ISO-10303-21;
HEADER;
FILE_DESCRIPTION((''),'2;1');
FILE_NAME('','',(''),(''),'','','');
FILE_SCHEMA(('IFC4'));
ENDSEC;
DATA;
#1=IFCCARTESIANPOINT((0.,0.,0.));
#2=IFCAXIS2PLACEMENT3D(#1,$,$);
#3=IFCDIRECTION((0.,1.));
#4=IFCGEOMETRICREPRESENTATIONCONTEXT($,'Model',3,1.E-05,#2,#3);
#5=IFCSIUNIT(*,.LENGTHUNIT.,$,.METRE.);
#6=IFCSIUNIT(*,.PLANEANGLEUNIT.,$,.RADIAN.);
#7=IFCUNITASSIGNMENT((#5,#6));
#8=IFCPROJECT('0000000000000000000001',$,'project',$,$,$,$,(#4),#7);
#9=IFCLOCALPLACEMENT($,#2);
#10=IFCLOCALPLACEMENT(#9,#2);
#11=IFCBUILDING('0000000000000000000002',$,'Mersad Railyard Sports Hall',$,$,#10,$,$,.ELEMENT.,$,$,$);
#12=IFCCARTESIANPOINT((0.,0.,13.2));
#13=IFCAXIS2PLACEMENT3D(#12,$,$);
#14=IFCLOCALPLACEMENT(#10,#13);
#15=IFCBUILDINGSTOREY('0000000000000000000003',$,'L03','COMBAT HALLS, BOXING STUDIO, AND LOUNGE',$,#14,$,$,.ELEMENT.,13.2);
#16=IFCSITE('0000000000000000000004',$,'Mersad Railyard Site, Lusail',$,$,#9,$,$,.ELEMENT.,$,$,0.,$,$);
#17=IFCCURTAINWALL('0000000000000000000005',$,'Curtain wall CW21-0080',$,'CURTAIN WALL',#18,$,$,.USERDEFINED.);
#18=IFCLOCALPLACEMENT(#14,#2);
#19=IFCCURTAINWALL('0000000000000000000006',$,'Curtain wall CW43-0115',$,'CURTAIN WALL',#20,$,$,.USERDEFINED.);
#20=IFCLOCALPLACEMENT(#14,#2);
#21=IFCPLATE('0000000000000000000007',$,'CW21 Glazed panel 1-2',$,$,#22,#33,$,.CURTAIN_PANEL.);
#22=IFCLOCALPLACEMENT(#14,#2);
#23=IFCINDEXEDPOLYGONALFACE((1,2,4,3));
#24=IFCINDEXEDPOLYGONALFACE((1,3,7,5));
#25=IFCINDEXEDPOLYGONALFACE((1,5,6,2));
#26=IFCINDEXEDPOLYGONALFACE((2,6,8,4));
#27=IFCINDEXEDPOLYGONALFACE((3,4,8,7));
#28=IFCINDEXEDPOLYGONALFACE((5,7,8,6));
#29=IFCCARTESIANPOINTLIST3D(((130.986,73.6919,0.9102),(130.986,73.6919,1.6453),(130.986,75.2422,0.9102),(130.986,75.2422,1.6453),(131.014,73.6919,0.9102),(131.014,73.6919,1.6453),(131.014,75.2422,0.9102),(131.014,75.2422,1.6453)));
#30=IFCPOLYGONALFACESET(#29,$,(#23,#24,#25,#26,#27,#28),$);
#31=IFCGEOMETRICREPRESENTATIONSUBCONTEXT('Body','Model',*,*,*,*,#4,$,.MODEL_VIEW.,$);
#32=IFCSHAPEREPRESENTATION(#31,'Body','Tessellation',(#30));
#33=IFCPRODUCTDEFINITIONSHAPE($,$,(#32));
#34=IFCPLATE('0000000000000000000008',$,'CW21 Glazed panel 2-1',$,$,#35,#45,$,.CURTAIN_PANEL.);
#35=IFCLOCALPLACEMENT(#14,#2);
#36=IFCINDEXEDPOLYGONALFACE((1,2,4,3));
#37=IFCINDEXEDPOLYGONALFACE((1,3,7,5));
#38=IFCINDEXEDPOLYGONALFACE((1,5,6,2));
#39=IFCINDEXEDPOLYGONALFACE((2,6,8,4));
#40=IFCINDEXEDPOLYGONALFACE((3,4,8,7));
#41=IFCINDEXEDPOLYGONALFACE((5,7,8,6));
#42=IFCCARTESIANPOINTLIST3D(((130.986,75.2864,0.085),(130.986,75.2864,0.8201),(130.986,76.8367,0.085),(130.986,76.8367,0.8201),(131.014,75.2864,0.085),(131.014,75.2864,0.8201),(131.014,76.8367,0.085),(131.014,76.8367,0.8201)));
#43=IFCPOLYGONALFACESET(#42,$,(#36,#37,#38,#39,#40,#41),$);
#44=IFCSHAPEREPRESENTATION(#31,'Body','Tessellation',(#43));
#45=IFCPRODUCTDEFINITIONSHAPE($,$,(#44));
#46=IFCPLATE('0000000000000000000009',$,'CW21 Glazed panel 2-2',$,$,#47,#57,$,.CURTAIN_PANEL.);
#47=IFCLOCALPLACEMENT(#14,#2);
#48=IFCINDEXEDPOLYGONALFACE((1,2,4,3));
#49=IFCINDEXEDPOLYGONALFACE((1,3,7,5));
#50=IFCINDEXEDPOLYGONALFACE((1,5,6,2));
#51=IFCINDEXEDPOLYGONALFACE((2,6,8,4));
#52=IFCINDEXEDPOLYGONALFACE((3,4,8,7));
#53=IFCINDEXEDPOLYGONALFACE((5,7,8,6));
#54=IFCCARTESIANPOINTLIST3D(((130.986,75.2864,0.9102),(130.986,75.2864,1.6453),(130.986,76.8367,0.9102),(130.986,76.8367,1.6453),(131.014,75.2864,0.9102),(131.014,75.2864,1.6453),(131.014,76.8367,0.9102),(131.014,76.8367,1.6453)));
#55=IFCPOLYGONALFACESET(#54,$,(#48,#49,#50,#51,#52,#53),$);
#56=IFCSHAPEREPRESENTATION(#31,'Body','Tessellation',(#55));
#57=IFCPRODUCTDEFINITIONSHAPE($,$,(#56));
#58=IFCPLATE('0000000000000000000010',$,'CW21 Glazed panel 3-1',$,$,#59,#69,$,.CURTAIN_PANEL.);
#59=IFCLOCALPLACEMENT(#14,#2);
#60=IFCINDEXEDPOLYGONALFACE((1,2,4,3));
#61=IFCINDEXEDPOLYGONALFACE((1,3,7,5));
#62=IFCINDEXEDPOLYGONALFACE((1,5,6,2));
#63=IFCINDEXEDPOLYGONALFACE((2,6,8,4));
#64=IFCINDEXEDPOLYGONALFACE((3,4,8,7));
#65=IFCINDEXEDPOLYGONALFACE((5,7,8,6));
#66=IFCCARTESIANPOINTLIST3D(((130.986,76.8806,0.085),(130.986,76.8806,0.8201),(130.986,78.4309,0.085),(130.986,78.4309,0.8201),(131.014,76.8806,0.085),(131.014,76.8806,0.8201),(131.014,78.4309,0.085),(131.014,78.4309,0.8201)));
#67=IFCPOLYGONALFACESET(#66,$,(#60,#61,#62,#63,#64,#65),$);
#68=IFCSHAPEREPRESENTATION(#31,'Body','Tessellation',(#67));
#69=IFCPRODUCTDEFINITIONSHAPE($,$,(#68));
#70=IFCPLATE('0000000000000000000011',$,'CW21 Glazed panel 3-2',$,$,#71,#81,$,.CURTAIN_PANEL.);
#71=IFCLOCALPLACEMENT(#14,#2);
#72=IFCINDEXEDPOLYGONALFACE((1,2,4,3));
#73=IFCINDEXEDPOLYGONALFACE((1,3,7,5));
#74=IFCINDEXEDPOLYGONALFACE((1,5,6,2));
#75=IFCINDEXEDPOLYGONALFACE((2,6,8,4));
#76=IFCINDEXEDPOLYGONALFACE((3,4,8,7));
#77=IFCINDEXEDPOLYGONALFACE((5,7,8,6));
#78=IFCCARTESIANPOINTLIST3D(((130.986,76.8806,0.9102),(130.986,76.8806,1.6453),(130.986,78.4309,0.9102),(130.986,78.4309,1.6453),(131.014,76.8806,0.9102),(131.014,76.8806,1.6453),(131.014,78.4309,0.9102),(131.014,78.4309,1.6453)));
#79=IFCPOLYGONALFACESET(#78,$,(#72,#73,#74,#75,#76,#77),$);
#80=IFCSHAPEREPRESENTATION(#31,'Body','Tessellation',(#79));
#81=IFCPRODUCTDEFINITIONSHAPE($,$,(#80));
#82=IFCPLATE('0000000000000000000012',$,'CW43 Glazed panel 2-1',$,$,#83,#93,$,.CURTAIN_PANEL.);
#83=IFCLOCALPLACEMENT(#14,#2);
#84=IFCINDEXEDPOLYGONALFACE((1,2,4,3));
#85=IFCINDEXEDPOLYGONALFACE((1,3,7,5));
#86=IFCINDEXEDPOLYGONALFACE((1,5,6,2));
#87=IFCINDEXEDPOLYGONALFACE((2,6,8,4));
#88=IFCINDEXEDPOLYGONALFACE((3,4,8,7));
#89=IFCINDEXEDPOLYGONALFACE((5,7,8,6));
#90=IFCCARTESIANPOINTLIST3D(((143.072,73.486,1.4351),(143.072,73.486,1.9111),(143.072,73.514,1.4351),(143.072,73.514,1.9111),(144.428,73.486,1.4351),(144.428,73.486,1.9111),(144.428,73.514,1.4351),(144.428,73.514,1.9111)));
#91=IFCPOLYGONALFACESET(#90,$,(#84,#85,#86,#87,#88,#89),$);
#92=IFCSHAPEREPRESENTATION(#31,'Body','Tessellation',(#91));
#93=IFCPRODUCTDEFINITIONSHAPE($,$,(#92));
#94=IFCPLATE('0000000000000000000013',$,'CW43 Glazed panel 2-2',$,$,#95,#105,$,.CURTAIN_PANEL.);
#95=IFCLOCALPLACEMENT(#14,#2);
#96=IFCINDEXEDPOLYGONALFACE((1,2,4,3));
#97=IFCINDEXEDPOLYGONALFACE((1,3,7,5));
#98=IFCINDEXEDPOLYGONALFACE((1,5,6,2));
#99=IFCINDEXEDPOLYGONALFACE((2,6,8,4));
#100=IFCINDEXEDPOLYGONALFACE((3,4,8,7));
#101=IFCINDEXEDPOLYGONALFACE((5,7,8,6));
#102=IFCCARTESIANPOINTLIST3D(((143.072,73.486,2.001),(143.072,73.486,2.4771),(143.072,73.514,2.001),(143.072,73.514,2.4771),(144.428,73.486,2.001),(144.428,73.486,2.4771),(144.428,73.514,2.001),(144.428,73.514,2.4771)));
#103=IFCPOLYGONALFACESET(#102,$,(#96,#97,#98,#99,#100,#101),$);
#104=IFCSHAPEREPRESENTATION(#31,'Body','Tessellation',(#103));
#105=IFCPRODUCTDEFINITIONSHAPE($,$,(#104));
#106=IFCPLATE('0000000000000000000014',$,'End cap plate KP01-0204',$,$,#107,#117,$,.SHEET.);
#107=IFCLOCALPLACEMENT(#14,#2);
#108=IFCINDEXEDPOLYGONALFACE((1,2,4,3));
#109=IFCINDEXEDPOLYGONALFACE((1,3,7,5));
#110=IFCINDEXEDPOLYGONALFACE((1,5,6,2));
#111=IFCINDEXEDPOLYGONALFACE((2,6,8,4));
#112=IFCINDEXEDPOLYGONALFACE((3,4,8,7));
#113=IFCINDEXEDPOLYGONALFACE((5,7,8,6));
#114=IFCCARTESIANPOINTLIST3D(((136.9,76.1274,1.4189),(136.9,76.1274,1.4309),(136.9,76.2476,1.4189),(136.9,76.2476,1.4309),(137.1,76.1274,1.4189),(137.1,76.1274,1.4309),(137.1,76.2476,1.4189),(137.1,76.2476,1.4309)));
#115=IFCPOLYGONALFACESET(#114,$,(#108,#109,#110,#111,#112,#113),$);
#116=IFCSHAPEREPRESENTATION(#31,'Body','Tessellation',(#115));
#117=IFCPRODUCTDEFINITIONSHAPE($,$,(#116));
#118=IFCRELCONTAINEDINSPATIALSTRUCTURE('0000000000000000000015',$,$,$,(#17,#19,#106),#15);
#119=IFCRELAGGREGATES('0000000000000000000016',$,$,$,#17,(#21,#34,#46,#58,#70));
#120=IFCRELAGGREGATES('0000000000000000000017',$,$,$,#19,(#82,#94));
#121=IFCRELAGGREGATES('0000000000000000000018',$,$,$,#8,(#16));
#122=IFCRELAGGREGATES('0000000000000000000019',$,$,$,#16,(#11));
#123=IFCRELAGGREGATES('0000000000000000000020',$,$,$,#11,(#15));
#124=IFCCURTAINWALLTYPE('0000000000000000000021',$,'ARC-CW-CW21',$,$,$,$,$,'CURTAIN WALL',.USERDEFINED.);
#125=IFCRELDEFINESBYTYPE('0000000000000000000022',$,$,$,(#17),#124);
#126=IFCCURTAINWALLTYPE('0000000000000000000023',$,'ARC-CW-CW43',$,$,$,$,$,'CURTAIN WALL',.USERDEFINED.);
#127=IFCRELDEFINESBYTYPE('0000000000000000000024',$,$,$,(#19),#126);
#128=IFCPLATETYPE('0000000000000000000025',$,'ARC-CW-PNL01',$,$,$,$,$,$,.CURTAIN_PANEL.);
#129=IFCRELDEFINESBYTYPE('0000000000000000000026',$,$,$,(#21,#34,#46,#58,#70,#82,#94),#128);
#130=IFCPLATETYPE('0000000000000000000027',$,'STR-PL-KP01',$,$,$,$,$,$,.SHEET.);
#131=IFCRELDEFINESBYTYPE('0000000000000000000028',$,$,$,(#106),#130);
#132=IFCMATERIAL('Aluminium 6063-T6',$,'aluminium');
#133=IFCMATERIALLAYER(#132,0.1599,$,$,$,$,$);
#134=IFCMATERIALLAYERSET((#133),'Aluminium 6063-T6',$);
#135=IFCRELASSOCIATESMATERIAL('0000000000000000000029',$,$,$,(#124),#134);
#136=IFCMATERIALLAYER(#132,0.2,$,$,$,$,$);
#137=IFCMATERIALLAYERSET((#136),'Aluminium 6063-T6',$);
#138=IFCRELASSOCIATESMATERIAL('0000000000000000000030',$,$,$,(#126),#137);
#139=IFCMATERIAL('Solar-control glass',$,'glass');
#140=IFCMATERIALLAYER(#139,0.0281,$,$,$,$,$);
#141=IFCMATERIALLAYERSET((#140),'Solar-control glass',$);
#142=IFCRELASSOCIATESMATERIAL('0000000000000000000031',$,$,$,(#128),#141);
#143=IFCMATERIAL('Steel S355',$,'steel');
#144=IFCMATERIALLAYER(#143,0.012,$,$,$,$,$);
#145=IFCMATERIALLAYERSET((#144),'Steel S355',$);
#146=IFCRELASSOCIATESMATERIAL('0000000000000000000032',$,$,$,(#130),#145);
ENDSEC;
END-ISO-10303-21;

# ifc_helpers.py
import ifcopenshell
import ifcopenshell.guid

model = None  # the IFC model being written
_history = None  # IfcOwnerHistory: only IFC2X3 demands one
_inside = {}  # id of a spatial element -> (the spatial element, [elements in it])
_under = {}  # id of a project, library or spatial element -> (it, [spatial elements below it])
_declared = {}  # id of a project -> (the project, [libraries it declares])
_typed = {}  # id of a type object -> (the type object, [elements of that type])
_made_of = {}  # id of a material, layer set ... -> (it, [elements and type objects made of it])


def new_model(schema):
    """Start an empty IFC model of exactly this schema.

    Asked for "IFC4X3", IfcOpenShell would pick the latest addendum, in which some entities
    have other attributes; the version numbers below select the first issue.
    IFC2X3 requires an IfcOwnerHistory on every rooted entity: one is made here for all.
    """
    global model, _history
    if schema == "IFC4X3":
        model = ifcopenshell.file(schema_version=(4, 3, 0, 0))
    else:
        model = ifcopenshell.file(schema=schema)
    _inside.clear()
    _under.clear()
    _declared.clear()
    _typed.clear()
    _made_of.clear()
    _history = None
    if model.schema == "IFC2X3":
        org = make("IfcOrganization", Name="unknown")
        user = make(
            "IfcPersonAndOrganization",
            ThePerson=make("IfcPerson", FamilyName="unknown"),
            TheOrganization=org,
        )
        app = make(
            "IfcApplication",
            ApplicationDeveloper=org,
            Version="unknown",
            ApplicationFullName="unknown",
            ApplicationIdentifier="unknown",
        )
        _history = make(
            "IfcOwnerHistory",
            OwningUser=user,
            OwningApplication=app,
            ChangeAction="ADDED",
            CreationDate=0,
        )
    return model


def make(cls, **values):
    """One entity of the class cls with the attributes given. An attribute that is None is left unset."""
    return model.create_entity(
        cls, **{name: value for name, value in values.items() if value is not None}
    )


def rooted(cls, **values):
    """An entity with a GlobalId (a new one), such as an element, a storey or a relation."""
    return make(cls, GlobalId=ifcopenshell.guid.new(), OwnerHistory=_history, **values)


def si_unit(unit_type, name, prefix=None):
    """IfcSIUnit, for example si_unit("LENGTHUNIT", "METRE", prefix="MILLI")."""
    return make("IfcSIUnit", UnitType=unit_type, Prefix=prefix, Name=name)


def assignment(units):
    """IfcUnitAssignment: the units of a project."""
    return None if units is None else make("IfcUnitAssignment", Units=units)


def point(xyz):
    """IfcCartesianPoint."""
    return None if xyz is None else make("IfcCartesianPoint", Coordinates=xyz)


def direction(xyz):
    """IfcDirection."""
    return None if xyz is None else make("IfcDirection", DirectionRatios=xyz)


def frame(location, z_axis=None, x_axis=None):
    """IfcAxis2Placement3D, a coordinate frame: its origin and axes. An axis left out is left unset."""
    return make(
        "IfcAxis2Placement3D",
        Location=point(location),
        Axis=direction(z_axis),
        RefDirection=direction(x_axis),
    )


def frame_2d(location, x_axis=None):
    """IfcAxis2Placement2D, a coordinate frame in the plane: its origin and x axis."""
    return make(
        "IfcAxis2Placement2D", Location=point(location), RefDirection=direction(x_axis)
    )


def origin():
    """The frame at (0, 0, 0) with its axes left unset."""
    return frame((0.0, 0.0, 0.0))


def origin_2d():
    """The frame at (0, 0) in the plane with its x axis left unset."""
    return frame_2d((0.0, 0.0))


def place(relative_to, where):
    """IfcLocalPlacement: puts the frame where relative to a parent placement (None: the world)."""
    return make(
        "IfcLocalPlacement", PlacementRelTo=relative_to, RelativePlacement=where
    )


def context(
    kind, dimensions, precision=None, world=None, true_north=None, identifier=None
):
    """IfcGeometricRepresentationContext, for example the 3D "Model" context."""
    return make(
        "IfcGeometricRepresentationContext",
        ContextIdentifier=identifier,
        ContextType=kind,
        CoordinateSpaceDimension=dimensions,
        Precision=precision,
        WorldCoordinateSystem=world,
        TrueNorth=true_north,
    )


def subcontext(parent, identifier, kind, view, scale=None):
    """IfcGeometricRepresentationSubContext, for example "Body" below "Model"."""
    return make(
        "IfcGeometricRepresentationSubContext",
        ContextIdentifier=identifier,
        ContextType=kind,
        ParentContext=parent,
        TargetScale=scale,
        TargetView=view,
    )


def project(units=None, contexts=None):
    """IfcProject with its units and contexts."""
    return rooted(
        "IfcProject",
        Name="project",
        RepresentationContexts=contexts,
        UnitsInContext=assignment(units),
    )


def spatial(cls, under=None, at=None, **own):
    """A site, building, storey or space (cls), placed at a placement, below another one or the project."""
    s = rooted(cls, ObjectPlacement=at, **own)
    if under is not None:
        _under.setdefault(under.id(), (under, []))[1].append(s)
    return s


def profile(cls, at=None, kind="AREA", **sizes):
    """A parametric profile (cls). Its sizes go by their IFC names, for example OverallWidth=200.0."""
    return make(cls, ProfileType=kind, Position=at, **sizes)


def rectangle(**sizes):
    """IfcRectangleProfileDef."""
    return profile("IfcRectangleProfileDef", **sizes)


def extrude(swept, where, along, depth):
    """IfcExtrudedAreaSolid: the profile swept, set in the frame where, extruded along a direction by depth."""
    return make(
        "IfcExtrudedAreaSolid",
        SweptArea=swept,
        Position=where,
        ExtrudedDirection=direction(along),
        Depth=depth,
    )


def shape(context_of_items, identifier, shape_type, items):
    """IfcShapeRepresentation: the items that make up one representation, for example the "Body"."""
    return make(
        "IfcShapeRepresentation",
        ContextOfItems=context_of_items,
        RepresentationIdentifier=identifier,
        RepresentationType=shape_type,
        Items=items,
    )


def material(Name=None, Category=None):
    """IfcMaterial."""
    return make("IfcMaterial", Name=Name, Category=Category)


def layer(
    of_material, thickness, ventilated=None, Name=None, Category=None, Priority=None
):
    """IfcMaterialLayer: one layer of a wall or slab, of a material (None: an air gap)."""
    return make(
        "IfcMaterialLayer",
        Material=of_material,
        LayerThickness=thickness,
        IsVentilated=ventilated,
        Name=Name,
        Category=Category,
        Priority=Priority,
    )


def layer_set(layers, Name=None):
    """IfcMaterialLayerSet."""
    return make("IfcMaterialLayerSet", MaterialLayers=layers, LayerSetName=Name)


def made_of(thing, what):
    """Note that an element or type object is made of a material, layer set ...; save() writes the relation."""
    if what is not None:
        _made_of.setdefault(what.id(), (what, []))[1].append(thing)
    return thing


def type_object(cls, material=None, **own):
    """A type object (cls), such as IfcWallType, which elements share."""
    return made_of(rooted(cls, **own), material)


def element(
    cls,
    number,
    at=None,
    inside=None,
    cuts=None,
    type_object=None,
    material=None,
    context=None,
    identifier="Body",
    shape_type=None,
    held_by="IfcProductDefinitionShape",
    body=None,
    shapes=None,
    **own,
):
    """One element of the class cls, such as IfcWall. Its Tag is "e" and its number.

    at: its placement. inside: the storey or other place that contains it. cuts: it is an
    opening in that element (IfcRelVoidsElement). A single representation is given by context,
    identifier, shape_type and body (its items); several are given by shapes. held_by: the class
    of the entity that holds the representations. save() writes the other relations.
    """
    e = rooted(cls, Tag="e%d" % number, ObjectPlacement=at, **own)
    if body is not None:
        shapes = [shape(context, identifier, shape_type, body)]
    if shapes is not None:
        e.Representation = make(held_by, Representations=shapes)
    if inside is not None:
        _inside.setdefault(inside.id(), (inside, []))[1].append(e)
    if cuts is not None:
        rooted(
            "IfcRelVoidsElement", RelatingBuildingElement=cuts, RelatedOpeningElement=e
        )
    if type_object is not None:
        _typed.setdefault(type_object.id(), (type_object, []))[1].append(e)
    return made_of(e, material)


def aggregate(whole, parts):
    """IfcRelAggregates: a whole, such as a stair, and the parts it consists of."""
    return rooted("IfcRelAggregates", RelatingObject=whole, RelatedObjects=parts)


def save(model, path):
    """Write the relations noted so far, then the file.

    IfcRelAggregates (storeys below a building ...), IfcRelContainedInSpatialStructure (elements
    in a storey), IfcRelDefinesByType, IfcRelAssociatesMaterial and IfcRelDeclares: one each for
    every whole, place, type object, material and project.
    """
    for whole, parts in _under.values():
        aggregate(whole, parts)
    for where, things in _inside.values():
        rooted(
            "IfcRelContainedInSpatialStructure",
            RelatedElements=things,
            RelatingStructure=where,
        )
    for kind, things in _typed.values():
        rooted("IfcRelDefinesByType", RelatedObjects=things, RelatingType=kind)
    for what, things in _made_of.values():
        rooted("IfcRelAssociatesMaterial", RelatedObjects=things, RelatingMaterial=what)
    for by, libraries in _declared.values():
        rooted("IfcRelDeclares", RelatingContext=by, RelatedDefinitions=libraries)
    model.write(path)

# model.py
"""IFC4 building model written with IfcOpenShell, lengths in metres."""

from ifc_helpers import new_model, si_unit, direction, frame, origin, origin_2d, place, context, subcontext, project, spatial, rectangle, extrude, material, layer, layer_set, type_object, element, aggregate, save


model = new_model("IFC4")

# Units and contexts
model_context = context("Model", 3, precision=1e-05, world=origin(), true_north=direction((0.0, 1.0)))
body_context = subcontext(model_context, "Body", "Model", "MODEL_VIEW")
ifc_project = project(units=[si_unit("LENGTHUNIT", "METRE"), si_unit("PLANEANGLEUNIT", "RADIAN")], contexts=[model_context])

# Site, building, storey
site_placement = place(None, origin())
site = spatial("IfcSite", under=ifc_project, at=site_placement, Name="Mersad Railyard Site, Lusail", CompositionType="ELEMENT", RefElevation=0.0)
building_placement = place(site_placement, origin())
building = spatial("IfcBuilding", under=site, at=building_placement, Name="Mersad Railyard Sports Hall", CompositionType="ELEMENT")
storey_placement = place(building_placement, frame((0.0, 0.0, 13.2)))
storey = spatial("IfcBuildingStorey", under=building, at=storey_placement, Name="L03", Description="COMBAT HALLS, BOXING STUDIO, AND LOUNGE", CompositionType="ELEMENT", Elevation=13.2)

# Curtain walls
ifc_material_1 = material(Name="Aluminium 6063-T6", Category="aluminium")
ifc_layer_1 = layer(ifc_material_1, 0.1599)
ifc_layer_set_1 = layer_set([ifc_layer_1], Name="Aluminium 6063-T6")
curtain_wall_type_1 = type_object("IfcCurtainWallType", Name="ARC-CW-CW21", ElementType="CURTAIN WALL", PredefinedType="USERDEFINED", material=ifc_layer_set_1)
curtain_wall_1_placement = place(storey_placement, origin())
curtain_wall_1 = element("IfcCurtainWall", 1, at=curtain_wall_1_placement, inside=storey, type_object=curtain_wall_type_1, Name="Curtain wall CW21-0080", ObjectType="CURTAIN WALL", PredefinedType="USERDEFINED")
ifc_layer_2 = layer(ifc_material_1, 0.2)
ifc_layer_set_2 = layer_set([ifc_layer_2], Name="Aluminium 6063-T6")
curtain_wall_type_2 = type_object("IfcCurtainWallType", Name="ARC-CW-CW43", ElementType="CURTAIN WALL", PredefinedType="USERDEFINED", material=ifc_layer_set_2)
curtain_wall_2_placement = place(storey_placement, origin())
curtain_wall_2 = element("IfcCurtainWall", 2, at=curtain_wall_2_placement, inside=storey, type_object=curtain_wall_type_2, Name="Curtain wall CW43-0115", ObjectType="CURTAIN WALL", PredefinedType="USERDEFINED")

# Shared definitions
ifc_material_2 = material(Name="Steel S355", Category="steel")

# Plates
ifc_material_3 = material(Name="Solar-control glass", Category="glass")
ifc_layer_3 = layer(ifc_material_3, 0.0281)
ifc_layer_set_3 = layer_set([ifc_layer_3], Name="Solar-control glass")
plate_type_1 = type_object("IfcPlateType", Name="ARC-CW-PNL01", PredefinedType="CURTAIN_PANEL", material=ifc_layer_set_3)
plate_1_placement = place(storey_placement, frame((131.0, 74.467, 0.9102), z_axis=(0.0, 0.0, 1.0), x_axis=(0.0, 1.0, 0.0)))
plate_1 = element("IfcPlate", 3, at=plate_1_placement, type_object=plate_type_1, Name="CW21 Glazed panel 1-2", PredefinedType="CURTAIN_PANEL", context=body_context, shape_type="SweptSolid", body=[
    extrude(rectangle(XDim=1.5503, YDim=0.0281, at=origin_2d()), origin(), (0.0, 0.0, 1.0), 0.7351),
])
plate_2_placement = place(storey_placement, frame((131.0, 76.0615, 0.085), z_axis=(0.0, 0.0, 1.0), x_axis=(0.0, 1.0, 0.0)))
plate_2 = element("IfcPlate", 4, at=plate_2_placement, type_object=plate_type_1, Name="CW21 Glazed panel 2-1", PredefinedType="CURTAIN_PANEL", context=body_context, shape_type="SweptSolid", body=[
    extrude(rectangle(XDim=1.5503, YDim=0.0281, at=origin_2d()), origin(), (0.0, 0.0, 1.0), 0.7351),
])
plate_3_placement = place(storey_placement, frame((131.0, 76.0615, 0.9102), z_axis=(0.0, 0.0, 1.0), x_axis=(0.0, 1.0, 0.0)))
plate_3 = element("IfcPlate", 5, at=plate_3_placement, type_object=plate_type_1, Name="CW21 Glazed panel 2-2", PredefinedType="CURTAIN_PANEL", context=body_context, shape_type="SweptSolid", body=[
    extrude(rectangle(XDim=1.5503, YDim=0.0281, at=origin_2d()), origin(), (0.0, 0.0, 1.0), 0.7351),
])
plate_4_placement = place(storey_placement, frame((131.0, 77.6558, 0.085), z_axis=(0.0, 0.0, 1.0), x_axis=(0.0, 1.0, 0.0)))
plate_4 = element("IfcPlate", 6, at=plate_4_placement, type_object=plate_type_1, Name="CW21 Glazed panel 3-1", PredefinedType="CURTAIN_PANEL", context=body_context, shape_type="SweptSolid", body=[
    extrude(rectangle(XDim=1.5503, YDim=0.0281, at=origin_2d()), origin(), (0.0, 0.0, 1.0), 0.7351),
])
plate_5_placement = place(storey_placement, frame((131.0, 77.6558, 0.9102), z_axis=(0.0, 0.0, 1.0), x_axis=(0.0, 1.0, 0.0)))
plate_5 = element("IfcPlate", 7, at=plate_5_placement, type_object=plate_type_1, Name="CW21 Glazed panel 3-2", PredefinedType="CURTAIN_PANEL", context=body_context, shape_type="SweptSolid", body=[
    extrude(rectangle(XDim=1.5503, YDim=0.0281, at=origin_2d()), origin(), (0.0, 0.0, 1.0), 0.7351),
])
aggregate(curtain_wall_1, [plate_1, plate_2, plate_3, plate_4, plate_5])
plate_6_placement = place(storey_placement, frame((143.75, 73.5, 1.4351), z_axis=(0.0, 0.0, 1.0), x_axis=(1.0, 0.0, 0.0)))
plate_6 = element("IfcPlate", 8, at=plate_6_placement, type_object=plate_type_1, Name="CW43 Glazed panel 2-1", PredefinedType="CURTAIN_PANEL", context=body_context, shape_type="SweptSolid", body=[
    extrude(rectangle(XDim=1.356, YDim=0.0281, at=origin_2d()), origin(), (0.0, 0.0, 1.0), 0.4761),
])
plate_7_placement = place(storey_placement, frame((143.75, 73.5, 2.001), z_axis=(0.0, 0.0, 1.0), x_axis=(1.0, 0.0, 0.0)))
plate_7 = element("IfcPlate", 9, at=plate_7_placement, type_object=plate_type_1, Name="CW43 Glazed panel 2-2", PredefinedType="CURTAIN_PANEL", context=body_context, shape_type="SweptSolid", body=[
    extrude(rectangle(XDim=1.356, YDim=0.0281, at=origin_2d()), origin(), (0.0, 0.0, 1.0), 0.4761),
])
aggregate(curtain_wall_2, [plate_6, plate_7])
ifc_layer_4 = layer(ifc_material_2, 0.012)
ifc_layer_set_4 = layer_set([ifc_layer_4], Name="Steel S355")
plate_type_2 = type_object("IfcPlateType", Name="STR-PL-KP01", PredefinedType="SHEET", material=ifc_layer_set_4)
plate_8_placement = place(storey_placement, frame((137.0, 76.1875, 1.4189), z_axis=(0.0, 0.0, 1.0), x_axis=(1.0, 0.0, 0.0)))
element("IfcPlate", 10, at=plate_8_placement, inside=storey, type_object=plate_type_2, Name="End cap plate KP01-0204", PredefinedType="SHEET", context=body_context, shape_type="SweptSolid", body=[
    extrude(rectangle(XDim=0.2, YDim=0.1201, at=origin_2d()), origin(), (0.0, 0.0, 1.0), 0.012),
])

save(model, "model.ifc")
